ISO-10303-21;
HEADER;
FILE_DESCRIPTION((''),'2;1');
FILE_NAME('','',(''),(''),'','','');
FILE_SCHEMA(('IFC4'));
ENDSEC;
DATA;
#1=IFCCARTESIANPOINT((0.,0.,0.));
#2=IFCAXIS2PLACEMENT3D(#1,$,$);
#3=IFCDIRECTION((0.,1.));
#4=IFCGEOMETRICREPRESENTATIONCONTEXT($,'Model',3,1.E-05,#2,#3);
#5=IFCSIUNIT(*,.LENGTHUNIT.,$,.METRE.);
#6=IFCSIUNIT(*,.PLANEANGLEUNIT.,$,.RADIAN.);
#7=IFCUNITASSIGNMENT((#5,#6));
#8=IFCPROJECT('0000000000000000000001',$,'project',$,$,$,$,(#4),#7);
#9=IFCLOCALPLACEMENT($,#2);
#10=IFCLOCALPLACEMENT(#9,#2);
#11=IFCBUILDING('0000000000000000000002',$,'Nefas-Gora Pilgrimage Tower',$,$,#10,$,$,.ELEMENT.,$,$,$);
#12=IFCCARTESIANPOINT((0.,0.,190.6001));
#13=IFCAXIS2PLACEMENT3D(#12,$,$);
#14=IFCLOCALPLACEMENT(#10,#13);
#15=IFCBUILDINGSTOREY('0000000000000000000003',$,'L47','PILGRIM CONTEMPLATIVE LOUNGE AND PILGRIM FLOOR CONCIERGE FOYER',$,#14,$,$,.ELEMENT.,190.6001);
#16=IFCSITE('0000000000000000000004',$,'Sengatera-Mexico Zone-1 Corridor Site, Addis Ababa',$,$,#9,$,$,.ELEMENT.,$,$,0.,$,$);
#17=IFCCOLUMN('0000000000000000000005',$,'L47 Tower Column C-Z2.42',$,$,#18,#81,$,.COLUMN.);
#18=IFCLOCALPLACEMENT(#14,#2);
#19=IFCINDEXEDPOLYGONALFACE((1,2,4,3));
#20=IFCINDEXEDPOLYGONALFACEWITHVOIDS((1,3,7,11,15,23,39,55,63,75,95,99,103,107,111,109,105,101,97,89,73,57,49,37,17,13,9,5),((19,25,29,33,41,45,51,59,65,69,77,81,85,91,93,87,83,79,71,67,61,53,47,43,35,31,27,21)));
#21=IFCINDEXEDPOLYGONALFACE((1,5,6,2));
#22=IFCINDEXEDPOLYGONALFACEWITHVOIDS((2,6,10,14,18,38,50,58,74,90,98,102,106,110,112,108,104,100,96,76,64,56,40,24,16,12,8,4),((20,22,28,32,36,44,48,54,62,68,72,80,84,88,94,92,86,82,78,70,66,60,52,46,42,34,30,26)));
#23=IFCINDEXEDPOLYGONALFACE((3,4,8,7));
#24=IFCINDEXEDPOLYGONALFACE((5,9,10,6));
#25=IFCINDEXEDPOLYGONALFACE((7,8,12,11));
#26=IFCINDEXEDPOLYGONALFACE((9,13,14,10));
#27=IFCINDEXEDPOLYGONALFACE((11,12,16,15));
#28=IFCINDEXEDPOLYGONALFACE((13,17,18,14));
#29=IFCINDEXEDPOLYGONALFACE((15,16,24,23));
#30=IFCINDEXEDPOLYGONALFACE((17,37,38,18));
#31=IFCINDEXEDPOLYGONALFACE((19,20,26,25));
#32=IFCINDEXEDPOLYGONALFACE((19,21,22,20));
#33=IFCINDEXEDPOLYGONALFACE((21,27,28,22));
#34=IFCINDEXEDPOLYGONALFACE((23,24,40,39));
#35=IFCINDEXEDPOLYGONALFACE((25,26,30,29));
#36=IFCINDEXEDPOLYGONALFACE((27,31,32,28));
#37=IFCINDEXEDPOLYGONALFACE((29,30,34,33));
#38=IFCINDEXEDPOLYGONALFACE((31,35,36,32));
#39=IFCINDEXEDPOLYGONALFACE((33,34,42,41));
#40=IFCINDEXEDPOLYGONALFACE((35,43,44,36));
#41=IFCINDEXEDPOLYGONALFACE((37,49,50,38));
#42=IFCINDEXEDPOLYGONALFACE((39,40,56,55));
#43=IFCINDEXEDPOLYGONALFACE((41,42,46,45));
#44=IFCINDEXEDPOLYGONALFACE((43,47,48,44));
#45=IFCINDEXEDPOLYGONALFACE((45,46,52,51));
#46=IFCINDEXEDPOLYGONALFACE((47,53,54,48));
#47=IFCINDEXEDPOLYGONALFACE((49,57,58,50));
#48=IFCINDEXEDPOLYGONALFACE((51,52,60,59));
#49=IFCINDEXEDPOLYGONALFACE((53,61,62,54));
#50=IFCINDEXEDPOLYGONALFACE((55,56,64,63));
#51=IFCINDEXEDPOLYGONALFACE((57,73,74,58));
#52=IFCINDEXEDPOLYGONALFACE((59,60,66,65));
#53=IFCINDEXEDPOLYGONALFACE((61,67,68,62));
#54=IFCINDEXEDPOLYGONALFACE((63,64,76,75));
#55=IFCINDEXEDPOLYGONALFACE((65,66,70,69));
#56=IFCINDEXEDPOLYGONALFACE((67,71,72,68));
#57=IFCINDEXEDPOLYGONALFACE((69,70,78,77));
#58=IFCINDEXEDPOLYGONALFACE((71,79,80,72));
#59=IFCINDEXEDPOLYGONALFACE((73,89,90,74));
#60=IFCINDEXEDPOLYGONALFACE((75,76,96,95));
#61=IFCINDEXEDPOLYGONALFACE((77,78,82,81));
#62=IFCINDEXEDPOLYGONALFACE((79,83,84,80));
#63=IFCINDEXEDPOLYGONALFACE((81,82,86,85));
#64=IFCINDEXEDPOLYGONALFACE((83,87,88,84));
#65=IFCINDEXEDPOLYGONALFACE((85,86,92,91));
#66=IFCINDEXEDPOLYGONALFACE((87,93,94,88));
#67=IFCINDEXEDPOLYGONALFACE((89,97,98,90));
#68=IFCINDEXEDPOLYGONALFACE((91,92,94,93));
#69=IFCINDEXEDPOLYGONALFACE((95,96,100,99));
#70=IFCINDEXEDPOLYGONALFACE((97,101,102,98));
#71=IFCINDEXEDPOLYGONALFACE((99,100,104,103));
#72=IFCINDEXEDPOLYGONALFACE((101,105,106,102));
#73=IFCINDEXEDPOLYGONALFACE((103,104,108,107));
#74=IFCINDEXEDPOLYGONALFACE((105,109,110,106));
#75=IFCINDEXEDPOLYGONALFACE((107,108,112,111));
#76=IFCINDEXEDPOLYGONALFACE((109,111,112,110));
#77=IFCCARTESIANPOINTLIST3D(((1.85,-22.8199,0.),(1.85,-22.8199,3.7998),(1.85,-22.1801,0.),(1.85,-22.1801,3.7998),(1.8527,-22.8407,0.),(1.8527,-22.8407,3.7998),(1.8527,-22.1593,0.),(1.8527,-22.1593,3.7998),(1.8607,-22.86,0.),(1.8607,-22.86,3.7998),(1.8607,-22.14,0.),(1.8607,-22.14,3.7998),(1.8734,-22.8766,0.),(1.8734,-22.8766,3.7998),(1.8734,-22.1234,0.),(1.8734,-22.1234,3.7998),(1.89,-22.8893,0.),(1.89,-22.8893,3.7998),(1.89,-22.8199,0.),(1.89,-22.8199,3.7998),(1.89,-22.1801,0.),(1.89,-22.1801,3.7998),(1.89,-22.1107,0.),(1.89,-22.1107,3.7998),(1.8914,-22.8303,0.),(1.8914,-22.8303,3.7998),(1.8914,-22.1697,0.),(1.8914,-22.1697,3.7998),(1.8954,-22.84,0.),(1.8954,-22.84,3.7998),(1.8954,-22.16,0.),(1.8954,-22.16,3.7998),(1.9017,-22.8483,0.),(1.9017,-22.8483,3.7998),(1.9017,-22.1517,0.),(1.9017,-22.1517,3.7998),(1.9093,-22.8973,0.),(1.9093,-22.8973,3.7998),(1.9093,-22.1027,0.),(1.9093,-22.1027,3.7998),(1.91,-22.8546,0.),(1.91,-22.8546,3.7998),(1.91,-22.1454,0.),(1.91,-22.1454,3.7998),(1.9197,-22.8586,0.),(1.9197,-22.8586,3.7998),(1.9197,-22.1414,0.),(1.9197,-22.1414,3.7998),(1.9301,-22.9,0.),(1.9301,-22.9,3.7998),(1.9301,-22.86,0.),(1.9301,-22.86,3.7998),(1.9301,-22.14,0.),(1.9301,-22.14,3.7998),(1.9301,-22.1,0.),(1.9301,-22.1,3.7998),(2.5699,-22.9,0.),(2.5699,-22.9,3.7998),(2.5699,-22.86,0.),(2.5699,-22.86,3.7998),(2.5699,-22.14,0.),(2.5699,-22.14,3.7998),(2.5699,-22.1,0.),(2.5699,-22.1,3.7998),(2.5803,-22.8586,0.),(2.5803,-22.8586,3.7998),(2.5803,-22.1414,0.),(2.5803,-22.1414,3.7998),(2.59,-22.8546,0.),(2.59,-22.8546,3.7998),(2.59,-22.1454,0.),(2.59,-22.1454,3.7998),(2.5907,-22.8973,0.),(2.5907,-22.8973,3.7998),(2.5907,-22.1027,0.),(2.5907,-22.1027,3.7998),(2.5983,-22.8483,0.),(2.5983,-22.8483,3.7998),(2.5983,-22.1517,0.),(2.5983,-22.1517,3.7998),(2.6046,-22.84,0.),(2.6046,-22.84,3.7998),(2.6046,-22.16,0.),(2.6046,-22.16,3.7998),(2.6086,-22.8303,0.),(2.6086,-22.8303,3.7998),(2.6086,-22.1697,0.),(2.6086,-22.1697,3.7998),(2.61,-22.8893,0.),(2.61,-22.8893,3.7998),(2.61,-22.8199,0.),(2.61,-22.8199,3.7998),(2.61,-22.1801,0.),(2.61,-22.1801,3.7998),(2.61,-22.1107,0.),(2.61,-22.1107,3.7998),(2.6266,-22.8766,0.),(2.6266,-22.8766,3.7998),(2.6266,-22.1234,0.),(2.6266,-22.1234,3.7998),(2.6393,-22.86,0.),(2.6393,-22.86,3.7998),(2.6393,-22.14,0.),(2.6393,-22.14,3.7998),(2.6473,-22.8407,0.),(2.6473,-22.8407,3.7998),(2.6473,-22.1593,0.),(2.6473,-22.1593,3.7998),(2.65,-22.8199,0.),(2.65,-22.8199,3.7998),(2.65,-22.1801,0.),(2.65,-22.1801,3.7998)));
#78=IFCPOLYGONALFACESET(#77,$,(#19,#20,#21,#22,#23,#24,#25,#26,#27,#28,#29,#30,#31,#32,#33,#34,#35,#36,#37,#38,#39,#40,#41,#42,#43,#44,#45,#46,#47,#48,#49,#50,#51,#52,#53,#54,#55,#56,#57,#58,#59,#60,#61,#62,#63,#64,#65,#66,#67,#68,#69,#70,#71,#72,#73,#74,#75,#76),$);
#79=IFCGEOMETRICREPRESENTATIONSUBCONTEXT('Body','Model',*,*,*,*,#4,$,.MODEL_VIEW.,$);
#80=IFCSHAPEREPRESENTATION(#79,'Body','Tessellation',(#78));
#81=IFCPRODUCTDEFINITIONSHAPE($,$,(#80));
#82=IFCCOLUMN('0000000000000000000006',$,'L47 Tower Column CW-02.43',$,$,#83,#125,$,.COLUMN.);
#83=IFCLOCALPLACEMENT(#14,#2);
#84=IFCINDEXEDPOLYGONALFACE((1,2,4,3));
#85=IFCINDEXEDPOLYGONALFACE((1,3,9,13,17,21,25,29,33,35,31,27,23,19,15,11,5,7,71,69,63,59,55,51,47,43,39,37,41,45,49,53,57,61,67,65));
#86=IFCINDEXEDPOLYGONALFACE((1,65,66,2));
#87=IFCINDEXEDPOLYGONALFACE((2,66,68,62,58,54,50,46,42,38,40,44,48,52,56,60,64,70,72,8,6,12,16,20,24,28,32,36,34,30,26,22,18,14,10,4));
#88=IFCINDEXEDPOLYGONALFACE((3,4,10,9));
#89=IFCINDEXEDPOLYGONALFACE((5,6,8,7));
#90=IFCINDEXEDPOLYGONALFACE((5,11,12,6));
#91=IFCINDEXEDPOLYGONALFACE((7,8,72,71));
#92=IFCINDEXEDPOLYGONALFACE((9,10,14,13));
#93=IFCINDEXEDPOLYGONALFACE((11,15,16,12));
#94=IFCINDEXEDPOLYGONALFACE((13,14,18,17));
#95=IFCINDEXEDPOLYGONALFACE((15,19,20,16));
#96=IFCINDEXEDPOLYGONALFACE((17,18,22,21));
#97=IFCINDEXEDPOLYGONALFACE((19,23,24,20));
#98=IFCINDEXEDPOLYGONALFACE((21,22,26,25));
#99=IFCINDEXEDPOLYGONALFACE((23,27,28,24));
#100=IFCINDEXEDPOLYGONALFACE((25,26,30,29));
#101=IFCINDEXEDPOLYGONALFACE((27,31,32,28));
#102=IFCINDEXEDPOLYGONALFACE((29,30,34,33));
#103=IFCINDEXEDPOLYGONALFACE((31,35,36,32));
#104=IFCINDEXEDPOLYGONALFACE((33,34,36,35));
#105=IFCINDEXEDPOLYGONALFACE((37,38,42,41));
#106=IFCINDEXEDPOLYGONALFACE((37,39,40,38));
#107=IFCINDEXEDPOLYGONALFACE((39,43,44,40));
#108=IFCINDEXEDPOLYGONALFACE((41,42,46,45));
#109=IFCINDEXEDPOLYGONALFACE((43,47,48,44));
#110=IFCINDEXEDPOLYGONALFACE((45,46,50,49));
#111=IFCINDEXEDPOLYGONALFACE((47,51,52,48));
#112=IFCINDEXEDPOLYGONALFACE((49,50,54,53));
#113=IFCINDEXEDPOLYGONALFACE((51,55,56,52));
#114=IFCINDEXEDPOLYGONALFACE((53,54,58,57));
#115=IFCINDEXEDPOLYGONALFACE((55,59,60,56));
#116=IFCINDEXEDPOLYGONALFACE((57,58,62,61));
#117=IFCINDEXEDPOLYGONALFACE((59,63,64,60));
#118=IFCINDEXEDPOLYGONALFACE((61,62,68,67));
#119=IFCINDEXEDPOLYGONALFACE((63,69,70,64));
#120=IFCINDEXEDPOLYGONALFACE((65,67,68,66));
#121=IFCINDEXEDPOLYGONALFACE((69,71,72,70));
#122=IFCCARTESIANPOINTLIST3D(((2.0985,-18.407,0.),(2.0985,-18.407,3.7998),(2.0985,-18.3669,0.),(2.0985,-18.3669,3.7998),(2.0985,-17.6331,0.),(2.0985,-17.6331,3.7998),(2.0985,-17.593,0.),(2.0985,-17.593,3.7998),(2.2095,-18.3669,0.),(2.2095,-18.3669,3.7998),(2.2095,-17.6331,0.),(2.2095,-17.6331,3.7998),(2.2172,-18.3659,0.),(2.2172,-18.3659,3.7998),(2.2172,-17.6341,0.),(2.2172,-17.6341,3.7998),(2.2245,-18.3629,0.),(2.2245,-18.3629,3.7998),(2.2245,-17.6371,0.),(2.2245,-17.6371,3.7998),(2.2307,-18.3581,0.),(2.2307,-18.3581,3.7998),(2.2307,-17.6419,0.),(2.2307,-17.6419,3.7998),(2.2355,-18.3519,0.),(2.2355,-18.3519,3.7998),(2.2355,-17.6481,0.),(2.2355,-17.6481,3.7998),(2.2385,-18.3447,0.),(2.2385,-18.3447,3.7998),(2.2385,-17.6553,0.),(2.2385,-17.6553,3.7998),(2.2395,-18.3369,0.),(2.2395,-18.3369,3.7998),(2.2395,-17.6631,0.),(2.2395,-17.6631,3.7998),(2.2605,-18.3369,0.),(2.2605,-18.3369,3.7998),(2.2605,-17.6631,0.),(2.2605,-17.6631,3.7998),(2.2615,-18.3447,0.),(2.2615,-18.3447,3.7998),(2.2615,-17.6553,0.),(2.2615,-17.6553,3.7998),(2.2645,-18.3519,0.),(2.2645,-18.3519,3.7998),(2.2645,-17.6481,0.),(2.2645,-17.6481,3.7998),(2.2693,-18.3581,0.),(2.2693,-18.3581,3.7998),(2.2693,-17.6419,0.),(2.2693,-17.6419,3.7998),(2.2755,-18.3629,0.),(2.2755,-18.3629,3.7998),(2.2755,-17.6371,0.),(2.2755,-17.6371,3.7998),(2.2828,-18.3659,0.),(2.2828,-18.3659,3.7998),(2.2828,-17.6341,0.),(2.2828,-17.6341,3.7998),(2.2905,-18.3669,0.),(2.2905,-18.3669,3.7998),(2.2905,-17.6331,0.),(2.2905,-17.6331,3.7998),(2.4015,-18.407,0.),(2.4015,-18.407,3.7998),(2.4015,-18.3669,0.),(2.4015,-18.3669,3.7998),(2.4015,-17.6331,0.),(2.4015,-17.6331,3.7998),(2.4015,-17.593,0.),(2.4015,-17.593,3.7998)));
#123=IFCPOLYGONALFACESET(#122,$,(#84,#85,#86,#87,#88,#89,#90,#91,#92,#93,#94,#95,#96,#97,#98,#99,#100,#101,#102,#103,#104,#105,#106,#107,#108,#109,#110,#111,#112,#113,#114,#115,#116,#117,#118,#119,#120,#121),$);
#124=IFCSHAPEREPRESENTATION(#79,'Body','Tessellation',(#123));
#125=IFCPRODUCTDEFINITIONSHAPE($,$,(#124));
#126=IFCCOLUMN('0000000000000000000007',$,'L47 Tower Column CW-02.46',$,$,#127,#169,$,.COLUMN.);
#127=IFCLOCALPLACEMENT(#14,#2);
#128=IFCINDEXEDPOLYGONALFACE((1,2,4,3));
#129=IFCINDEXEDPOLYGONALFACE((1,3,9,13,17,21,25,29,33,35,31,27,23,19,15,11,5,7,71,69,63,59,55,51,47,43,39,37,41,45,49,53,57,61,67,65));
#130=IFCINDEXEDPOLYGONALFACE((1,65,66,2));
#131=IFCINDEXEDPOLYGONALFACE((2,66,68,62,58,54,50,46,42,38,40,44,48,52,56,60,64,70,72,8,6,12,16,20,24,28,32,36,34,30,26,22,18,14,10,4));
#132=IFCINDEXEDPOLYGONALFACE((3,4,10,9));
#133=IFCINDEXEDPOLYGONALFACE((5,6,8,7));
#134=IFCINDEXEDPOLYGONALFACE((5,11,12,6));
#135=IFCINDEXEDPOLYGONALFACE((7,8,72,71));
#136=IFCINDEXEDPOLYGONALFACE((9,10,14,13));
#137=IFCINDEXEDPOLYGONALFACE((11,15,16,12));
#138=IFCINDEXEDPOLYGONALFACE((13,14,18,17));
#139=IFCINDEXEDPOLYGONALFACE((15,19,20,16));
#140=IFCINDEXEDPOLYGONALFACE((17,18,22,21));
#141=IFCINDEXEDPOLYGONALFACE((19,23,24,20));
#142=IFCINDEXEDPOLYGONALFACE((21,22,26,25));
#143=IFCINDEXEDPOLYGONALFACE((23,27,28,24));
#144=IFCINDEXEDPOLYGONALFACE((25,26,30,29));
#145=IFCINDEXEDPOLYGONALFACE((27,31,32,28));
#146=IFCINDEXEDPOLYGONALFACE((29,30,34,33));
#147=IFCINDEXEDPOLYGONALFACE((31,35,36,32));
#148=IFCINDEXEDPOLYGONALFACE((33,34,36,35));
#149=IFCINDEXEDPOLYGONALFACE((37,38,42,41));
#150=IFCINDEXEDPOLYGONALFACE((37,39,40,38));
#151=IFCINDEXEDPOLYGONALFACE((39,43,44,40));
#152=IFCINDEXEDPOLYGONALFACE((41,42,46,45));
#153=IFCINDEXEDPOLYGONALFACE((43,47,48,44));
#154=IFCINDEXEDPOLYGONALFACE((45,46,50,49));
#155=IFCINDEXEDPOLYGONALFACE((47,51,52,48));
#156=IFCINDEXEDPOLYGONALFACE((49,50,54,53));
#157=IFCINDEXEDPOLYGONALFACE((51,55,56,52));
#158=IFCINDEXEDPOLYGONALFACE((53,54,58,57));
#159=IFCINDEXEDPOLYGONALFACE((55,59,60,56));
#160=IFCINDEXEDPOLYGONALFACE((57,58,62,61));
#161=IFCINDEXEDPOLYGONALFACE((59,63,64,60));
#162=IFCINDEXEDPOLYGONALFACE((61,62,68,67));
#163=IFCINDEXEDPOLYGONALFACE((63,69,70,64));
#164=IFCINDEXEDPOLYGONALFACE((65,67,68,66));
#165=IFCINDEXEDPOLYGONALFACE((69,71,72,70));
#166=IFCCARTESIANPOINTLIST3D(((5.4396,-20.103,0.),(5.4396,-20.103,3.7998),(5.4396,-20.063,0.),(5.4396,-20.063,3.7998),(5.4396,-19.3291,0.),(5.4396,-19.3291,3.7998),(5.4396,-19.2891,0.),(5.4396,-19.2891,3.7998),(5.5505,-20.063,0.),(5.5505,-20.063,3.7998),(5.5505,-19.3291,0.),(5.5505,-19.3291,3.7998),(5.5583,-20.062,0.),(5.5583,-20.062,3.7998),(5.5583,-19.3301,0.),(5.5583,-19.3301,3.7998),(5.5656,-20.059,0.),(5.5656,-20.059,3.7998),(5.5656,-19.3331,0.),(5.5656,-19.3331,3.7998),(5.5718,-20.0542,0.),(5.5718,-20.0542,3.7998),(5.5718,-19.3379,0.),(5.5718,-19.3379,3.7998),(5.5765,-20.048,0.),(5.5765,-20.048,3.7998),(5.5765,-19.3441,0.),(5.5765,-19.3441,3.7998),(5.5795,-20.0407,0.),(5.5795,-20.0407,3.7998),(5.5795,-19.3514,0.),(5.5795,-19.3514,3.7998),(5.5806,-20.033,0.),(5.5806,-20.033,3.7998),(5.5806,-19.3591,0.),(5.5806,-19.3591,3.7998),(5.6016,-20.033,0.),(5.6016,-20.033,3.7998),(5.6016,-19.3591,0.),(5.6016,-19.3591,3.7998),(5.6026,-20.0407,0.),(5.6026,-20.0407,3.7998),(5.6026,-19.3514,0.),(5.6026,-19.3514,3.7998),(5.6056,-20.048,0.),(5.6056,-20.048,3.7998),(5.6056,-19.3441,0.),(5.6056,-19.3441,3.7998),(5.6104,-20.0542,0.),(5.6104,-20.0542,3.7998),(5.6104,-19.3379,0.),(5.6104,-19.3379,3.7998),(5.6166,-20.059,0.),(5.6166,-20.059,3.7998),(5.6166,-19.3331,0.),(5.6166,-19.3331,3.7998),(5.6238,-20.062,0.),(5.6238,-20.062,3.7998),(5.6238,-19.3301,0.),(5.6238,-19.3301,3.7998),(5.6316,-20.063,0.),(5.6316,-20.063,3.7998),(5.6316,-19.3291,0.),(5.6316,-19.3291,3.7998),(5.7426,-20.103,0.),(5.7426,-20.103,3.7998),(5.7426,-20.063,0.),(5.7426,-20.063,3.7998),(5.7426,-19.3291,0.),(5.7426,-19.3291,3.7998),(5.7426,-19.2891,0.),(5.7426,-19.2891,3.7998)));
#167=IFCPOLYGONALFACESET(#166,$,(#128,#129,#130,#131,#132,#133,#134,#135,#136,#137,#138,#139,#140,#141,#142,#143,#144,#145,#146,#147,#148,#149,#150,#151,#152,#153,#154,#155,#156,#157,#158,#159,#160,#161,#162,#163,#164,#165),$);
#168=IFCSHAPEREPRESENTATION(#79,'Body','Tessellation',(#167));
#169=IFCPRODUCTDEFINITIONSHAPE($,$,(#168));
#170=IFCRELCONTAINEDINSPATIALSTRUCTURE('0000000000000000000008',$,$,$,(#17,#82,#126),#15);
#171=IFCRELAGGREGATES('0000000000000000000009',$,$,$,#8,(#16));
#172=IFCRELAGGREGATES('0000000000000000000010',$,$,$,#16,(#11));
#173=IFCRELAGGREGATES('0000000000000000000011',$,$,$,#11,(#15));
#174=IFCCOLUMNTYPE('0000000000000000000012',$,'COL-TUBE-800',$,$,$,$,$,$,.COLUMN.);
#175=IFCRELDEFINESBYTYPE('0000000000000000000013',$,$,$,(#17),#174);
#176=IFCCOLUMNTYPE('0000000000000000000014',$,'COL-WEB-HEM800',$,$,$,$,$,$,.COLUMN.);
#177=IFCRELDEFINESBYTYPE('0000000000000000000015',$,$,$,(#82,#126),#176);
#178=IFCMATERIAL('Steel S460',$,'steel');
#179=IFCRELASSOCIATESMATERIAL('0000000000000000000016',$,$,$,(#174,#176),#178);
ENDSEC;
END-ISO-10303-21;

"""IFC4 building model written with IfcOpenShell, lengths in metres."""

from ifc_helpers import new_model, si_unit, direction, frame, origin, origin_2d, place, context, subcontext, project, spatial, hollow_rectangle, i_section, extrude, source, transform, mapped, material, material_profile, profile_set, type_object, element, save


model = new_model("IFC4")

# Units and contexts
model_context = context("Model", 3, precision=1e-05, world=origin(), true_north=direction((0.0, 1.0)))
body_context = subcontext(model_context, "Body", "Model", "MODEL_VIEW")
ifc_project = project(units=[si_unit("LENGTHUNIT", "METRE"), si_unit("PLANEANGLEUNIT", "RADIAN")], contexts=[model_context])

# Site, building, storey
site_placement = place(None, origin())
site = spatial("IfcSite", under=ifc_project, at=site_placement, Name="Sengatera-Mexico Zone-1 Corridor Site, Addis Ababa", CompositionType="ELEMENT", RefElevation=0.0)
building_placement = place(site_placement, origin())
building = spatial("IfcBuilding", under=site, at=building_placement, Name="Nefas-Gora Pilgrimage Tower", CompositionType="ELEMENT")
storey_placement = place(building_placement, frame((0.0, 0.0, 190.6001)))
storey = spatial("IfcBuildingStorey", under=building, at=storey_placement, Name="L47", Description="PILGRIM CONTEMPLATIVE LOUNGE AND PILGRIM FLOOR CONCIERGE FOYER", CompositionType="ELEMENT", Elevation=190.6001)

# Columns
ifc_material_1 = material(Name="Steel S460", Category="steel")
ifc_material_profile_1 = material_profile(ifc_material_1, hollow_rectangle(XDim=0.8, YDim=0.8, WallThickness=0.04, InnerFilletRadius=0.04, OuterFilletRadius=0.0801, at=origin_2d()), Name="BOX 800x800x40")
ifc_profile_set_1 = profile_set([ifc_material_profile_1], Name="Steel S460")
column_type_1 = type_object("IfcColumnType", Name="COL-TUBE-800", PredefinedType="COLUMN", material=ifc_profile_set_1)
shared_shape_1 = source(origin(), body_context, "Body", "SweptSolid", [
    extrude(hollow_rectangle(XDim=0.8, YDim=0.8, WallThickness=0.04, InnerFilletRadius=0.04, OuterFilletRadius=0.0801, at=origin_2d()), origin(), (0.0, 0.0, 1.0), 3.7998),
])
column_placement = place(storey_placement, frame((2.25, -22.5, 0.0), z_axis=(0.0, 0.0, 1.0), x_axis=(1.0, 0.0, 0.0)))
element("IfcColumn", 1, at=column_placement, inside=storey, type_object=column_type_1, Name="L47 Tower Column C-Z2.42", PredefinedType="COLUMN", context=body_context, shape_type="MappedRepresentation", body=[
    mapped(shared_shape_1, transform((0.0, 0.0, 0.0), x_axis=(1.0, 0.0, 0.0), y_axis=(0.0, 1.0, 0.0), z_axis=(0.0, 0.0, 1.0), scale=1.0)),
])
ifc_material_profile_2 = material_profile(ifc_material_1, i_section(OverallWidth=0.303, OverallDepth=0.814, WebThickness=0.021, FlangeThickness=0.04, FilletRadius=0.03, at=origin_2d()), Name="HEM 800")
ifc_profile_set_2 = profile_set([ifc_material_profile_2], Name="Steel S460")
column_type_2 = type_object("IfcColumnType", Name="COL-WEB-HEM800", PredefinedType="COLUMN", material=ifc_profile_set_2)
shared_shape_2 = source(origin(), body_context, "Body", "SweptSolid", [
    extrude(i_section(OverallWidth=0.303, OverallDepth=0.814, WebThickness=0.021, FlangeThickness=0.04, FilletRadius=0.03, at=origin_2d()), origin(), (0.0, 0.0, 1.0), 3.7998),
])
for number, where, z_axis, x_axis, name in (
    (2, (2.25, -18.0, 0.0), (0.0, 0.0, 1.0), (1.0, 0.0, 0.0), "L47 Tower Column CW-02.43"),
    (3, (5.5911, -19.696, 0.0), (0.0, 0.0, 1.0), (1.0, 0.0, 0.0), "L47 Tower Column CW-02.46"),
):
    element("IfcColumn", number, at=place(storey_placement, frame(where, z_axis=z_axis, x_axis=x_axis)), inside=storey, type_object=column_type_2, Name=name, PredefinedType="COLUMN", context=body_context, shape_type="MappedRepresentation", body=[
        mapped(shared_shape_2, transform((0.0, 0.0, 0.0), x_axis=(1.0, 0.0, 0.0), y_axis=(0.0, 1.0, 0.0), z_axis=(0.0, 0.0, 1.0), scale=1.0)),
    ])

save(model, "model.ifc")
